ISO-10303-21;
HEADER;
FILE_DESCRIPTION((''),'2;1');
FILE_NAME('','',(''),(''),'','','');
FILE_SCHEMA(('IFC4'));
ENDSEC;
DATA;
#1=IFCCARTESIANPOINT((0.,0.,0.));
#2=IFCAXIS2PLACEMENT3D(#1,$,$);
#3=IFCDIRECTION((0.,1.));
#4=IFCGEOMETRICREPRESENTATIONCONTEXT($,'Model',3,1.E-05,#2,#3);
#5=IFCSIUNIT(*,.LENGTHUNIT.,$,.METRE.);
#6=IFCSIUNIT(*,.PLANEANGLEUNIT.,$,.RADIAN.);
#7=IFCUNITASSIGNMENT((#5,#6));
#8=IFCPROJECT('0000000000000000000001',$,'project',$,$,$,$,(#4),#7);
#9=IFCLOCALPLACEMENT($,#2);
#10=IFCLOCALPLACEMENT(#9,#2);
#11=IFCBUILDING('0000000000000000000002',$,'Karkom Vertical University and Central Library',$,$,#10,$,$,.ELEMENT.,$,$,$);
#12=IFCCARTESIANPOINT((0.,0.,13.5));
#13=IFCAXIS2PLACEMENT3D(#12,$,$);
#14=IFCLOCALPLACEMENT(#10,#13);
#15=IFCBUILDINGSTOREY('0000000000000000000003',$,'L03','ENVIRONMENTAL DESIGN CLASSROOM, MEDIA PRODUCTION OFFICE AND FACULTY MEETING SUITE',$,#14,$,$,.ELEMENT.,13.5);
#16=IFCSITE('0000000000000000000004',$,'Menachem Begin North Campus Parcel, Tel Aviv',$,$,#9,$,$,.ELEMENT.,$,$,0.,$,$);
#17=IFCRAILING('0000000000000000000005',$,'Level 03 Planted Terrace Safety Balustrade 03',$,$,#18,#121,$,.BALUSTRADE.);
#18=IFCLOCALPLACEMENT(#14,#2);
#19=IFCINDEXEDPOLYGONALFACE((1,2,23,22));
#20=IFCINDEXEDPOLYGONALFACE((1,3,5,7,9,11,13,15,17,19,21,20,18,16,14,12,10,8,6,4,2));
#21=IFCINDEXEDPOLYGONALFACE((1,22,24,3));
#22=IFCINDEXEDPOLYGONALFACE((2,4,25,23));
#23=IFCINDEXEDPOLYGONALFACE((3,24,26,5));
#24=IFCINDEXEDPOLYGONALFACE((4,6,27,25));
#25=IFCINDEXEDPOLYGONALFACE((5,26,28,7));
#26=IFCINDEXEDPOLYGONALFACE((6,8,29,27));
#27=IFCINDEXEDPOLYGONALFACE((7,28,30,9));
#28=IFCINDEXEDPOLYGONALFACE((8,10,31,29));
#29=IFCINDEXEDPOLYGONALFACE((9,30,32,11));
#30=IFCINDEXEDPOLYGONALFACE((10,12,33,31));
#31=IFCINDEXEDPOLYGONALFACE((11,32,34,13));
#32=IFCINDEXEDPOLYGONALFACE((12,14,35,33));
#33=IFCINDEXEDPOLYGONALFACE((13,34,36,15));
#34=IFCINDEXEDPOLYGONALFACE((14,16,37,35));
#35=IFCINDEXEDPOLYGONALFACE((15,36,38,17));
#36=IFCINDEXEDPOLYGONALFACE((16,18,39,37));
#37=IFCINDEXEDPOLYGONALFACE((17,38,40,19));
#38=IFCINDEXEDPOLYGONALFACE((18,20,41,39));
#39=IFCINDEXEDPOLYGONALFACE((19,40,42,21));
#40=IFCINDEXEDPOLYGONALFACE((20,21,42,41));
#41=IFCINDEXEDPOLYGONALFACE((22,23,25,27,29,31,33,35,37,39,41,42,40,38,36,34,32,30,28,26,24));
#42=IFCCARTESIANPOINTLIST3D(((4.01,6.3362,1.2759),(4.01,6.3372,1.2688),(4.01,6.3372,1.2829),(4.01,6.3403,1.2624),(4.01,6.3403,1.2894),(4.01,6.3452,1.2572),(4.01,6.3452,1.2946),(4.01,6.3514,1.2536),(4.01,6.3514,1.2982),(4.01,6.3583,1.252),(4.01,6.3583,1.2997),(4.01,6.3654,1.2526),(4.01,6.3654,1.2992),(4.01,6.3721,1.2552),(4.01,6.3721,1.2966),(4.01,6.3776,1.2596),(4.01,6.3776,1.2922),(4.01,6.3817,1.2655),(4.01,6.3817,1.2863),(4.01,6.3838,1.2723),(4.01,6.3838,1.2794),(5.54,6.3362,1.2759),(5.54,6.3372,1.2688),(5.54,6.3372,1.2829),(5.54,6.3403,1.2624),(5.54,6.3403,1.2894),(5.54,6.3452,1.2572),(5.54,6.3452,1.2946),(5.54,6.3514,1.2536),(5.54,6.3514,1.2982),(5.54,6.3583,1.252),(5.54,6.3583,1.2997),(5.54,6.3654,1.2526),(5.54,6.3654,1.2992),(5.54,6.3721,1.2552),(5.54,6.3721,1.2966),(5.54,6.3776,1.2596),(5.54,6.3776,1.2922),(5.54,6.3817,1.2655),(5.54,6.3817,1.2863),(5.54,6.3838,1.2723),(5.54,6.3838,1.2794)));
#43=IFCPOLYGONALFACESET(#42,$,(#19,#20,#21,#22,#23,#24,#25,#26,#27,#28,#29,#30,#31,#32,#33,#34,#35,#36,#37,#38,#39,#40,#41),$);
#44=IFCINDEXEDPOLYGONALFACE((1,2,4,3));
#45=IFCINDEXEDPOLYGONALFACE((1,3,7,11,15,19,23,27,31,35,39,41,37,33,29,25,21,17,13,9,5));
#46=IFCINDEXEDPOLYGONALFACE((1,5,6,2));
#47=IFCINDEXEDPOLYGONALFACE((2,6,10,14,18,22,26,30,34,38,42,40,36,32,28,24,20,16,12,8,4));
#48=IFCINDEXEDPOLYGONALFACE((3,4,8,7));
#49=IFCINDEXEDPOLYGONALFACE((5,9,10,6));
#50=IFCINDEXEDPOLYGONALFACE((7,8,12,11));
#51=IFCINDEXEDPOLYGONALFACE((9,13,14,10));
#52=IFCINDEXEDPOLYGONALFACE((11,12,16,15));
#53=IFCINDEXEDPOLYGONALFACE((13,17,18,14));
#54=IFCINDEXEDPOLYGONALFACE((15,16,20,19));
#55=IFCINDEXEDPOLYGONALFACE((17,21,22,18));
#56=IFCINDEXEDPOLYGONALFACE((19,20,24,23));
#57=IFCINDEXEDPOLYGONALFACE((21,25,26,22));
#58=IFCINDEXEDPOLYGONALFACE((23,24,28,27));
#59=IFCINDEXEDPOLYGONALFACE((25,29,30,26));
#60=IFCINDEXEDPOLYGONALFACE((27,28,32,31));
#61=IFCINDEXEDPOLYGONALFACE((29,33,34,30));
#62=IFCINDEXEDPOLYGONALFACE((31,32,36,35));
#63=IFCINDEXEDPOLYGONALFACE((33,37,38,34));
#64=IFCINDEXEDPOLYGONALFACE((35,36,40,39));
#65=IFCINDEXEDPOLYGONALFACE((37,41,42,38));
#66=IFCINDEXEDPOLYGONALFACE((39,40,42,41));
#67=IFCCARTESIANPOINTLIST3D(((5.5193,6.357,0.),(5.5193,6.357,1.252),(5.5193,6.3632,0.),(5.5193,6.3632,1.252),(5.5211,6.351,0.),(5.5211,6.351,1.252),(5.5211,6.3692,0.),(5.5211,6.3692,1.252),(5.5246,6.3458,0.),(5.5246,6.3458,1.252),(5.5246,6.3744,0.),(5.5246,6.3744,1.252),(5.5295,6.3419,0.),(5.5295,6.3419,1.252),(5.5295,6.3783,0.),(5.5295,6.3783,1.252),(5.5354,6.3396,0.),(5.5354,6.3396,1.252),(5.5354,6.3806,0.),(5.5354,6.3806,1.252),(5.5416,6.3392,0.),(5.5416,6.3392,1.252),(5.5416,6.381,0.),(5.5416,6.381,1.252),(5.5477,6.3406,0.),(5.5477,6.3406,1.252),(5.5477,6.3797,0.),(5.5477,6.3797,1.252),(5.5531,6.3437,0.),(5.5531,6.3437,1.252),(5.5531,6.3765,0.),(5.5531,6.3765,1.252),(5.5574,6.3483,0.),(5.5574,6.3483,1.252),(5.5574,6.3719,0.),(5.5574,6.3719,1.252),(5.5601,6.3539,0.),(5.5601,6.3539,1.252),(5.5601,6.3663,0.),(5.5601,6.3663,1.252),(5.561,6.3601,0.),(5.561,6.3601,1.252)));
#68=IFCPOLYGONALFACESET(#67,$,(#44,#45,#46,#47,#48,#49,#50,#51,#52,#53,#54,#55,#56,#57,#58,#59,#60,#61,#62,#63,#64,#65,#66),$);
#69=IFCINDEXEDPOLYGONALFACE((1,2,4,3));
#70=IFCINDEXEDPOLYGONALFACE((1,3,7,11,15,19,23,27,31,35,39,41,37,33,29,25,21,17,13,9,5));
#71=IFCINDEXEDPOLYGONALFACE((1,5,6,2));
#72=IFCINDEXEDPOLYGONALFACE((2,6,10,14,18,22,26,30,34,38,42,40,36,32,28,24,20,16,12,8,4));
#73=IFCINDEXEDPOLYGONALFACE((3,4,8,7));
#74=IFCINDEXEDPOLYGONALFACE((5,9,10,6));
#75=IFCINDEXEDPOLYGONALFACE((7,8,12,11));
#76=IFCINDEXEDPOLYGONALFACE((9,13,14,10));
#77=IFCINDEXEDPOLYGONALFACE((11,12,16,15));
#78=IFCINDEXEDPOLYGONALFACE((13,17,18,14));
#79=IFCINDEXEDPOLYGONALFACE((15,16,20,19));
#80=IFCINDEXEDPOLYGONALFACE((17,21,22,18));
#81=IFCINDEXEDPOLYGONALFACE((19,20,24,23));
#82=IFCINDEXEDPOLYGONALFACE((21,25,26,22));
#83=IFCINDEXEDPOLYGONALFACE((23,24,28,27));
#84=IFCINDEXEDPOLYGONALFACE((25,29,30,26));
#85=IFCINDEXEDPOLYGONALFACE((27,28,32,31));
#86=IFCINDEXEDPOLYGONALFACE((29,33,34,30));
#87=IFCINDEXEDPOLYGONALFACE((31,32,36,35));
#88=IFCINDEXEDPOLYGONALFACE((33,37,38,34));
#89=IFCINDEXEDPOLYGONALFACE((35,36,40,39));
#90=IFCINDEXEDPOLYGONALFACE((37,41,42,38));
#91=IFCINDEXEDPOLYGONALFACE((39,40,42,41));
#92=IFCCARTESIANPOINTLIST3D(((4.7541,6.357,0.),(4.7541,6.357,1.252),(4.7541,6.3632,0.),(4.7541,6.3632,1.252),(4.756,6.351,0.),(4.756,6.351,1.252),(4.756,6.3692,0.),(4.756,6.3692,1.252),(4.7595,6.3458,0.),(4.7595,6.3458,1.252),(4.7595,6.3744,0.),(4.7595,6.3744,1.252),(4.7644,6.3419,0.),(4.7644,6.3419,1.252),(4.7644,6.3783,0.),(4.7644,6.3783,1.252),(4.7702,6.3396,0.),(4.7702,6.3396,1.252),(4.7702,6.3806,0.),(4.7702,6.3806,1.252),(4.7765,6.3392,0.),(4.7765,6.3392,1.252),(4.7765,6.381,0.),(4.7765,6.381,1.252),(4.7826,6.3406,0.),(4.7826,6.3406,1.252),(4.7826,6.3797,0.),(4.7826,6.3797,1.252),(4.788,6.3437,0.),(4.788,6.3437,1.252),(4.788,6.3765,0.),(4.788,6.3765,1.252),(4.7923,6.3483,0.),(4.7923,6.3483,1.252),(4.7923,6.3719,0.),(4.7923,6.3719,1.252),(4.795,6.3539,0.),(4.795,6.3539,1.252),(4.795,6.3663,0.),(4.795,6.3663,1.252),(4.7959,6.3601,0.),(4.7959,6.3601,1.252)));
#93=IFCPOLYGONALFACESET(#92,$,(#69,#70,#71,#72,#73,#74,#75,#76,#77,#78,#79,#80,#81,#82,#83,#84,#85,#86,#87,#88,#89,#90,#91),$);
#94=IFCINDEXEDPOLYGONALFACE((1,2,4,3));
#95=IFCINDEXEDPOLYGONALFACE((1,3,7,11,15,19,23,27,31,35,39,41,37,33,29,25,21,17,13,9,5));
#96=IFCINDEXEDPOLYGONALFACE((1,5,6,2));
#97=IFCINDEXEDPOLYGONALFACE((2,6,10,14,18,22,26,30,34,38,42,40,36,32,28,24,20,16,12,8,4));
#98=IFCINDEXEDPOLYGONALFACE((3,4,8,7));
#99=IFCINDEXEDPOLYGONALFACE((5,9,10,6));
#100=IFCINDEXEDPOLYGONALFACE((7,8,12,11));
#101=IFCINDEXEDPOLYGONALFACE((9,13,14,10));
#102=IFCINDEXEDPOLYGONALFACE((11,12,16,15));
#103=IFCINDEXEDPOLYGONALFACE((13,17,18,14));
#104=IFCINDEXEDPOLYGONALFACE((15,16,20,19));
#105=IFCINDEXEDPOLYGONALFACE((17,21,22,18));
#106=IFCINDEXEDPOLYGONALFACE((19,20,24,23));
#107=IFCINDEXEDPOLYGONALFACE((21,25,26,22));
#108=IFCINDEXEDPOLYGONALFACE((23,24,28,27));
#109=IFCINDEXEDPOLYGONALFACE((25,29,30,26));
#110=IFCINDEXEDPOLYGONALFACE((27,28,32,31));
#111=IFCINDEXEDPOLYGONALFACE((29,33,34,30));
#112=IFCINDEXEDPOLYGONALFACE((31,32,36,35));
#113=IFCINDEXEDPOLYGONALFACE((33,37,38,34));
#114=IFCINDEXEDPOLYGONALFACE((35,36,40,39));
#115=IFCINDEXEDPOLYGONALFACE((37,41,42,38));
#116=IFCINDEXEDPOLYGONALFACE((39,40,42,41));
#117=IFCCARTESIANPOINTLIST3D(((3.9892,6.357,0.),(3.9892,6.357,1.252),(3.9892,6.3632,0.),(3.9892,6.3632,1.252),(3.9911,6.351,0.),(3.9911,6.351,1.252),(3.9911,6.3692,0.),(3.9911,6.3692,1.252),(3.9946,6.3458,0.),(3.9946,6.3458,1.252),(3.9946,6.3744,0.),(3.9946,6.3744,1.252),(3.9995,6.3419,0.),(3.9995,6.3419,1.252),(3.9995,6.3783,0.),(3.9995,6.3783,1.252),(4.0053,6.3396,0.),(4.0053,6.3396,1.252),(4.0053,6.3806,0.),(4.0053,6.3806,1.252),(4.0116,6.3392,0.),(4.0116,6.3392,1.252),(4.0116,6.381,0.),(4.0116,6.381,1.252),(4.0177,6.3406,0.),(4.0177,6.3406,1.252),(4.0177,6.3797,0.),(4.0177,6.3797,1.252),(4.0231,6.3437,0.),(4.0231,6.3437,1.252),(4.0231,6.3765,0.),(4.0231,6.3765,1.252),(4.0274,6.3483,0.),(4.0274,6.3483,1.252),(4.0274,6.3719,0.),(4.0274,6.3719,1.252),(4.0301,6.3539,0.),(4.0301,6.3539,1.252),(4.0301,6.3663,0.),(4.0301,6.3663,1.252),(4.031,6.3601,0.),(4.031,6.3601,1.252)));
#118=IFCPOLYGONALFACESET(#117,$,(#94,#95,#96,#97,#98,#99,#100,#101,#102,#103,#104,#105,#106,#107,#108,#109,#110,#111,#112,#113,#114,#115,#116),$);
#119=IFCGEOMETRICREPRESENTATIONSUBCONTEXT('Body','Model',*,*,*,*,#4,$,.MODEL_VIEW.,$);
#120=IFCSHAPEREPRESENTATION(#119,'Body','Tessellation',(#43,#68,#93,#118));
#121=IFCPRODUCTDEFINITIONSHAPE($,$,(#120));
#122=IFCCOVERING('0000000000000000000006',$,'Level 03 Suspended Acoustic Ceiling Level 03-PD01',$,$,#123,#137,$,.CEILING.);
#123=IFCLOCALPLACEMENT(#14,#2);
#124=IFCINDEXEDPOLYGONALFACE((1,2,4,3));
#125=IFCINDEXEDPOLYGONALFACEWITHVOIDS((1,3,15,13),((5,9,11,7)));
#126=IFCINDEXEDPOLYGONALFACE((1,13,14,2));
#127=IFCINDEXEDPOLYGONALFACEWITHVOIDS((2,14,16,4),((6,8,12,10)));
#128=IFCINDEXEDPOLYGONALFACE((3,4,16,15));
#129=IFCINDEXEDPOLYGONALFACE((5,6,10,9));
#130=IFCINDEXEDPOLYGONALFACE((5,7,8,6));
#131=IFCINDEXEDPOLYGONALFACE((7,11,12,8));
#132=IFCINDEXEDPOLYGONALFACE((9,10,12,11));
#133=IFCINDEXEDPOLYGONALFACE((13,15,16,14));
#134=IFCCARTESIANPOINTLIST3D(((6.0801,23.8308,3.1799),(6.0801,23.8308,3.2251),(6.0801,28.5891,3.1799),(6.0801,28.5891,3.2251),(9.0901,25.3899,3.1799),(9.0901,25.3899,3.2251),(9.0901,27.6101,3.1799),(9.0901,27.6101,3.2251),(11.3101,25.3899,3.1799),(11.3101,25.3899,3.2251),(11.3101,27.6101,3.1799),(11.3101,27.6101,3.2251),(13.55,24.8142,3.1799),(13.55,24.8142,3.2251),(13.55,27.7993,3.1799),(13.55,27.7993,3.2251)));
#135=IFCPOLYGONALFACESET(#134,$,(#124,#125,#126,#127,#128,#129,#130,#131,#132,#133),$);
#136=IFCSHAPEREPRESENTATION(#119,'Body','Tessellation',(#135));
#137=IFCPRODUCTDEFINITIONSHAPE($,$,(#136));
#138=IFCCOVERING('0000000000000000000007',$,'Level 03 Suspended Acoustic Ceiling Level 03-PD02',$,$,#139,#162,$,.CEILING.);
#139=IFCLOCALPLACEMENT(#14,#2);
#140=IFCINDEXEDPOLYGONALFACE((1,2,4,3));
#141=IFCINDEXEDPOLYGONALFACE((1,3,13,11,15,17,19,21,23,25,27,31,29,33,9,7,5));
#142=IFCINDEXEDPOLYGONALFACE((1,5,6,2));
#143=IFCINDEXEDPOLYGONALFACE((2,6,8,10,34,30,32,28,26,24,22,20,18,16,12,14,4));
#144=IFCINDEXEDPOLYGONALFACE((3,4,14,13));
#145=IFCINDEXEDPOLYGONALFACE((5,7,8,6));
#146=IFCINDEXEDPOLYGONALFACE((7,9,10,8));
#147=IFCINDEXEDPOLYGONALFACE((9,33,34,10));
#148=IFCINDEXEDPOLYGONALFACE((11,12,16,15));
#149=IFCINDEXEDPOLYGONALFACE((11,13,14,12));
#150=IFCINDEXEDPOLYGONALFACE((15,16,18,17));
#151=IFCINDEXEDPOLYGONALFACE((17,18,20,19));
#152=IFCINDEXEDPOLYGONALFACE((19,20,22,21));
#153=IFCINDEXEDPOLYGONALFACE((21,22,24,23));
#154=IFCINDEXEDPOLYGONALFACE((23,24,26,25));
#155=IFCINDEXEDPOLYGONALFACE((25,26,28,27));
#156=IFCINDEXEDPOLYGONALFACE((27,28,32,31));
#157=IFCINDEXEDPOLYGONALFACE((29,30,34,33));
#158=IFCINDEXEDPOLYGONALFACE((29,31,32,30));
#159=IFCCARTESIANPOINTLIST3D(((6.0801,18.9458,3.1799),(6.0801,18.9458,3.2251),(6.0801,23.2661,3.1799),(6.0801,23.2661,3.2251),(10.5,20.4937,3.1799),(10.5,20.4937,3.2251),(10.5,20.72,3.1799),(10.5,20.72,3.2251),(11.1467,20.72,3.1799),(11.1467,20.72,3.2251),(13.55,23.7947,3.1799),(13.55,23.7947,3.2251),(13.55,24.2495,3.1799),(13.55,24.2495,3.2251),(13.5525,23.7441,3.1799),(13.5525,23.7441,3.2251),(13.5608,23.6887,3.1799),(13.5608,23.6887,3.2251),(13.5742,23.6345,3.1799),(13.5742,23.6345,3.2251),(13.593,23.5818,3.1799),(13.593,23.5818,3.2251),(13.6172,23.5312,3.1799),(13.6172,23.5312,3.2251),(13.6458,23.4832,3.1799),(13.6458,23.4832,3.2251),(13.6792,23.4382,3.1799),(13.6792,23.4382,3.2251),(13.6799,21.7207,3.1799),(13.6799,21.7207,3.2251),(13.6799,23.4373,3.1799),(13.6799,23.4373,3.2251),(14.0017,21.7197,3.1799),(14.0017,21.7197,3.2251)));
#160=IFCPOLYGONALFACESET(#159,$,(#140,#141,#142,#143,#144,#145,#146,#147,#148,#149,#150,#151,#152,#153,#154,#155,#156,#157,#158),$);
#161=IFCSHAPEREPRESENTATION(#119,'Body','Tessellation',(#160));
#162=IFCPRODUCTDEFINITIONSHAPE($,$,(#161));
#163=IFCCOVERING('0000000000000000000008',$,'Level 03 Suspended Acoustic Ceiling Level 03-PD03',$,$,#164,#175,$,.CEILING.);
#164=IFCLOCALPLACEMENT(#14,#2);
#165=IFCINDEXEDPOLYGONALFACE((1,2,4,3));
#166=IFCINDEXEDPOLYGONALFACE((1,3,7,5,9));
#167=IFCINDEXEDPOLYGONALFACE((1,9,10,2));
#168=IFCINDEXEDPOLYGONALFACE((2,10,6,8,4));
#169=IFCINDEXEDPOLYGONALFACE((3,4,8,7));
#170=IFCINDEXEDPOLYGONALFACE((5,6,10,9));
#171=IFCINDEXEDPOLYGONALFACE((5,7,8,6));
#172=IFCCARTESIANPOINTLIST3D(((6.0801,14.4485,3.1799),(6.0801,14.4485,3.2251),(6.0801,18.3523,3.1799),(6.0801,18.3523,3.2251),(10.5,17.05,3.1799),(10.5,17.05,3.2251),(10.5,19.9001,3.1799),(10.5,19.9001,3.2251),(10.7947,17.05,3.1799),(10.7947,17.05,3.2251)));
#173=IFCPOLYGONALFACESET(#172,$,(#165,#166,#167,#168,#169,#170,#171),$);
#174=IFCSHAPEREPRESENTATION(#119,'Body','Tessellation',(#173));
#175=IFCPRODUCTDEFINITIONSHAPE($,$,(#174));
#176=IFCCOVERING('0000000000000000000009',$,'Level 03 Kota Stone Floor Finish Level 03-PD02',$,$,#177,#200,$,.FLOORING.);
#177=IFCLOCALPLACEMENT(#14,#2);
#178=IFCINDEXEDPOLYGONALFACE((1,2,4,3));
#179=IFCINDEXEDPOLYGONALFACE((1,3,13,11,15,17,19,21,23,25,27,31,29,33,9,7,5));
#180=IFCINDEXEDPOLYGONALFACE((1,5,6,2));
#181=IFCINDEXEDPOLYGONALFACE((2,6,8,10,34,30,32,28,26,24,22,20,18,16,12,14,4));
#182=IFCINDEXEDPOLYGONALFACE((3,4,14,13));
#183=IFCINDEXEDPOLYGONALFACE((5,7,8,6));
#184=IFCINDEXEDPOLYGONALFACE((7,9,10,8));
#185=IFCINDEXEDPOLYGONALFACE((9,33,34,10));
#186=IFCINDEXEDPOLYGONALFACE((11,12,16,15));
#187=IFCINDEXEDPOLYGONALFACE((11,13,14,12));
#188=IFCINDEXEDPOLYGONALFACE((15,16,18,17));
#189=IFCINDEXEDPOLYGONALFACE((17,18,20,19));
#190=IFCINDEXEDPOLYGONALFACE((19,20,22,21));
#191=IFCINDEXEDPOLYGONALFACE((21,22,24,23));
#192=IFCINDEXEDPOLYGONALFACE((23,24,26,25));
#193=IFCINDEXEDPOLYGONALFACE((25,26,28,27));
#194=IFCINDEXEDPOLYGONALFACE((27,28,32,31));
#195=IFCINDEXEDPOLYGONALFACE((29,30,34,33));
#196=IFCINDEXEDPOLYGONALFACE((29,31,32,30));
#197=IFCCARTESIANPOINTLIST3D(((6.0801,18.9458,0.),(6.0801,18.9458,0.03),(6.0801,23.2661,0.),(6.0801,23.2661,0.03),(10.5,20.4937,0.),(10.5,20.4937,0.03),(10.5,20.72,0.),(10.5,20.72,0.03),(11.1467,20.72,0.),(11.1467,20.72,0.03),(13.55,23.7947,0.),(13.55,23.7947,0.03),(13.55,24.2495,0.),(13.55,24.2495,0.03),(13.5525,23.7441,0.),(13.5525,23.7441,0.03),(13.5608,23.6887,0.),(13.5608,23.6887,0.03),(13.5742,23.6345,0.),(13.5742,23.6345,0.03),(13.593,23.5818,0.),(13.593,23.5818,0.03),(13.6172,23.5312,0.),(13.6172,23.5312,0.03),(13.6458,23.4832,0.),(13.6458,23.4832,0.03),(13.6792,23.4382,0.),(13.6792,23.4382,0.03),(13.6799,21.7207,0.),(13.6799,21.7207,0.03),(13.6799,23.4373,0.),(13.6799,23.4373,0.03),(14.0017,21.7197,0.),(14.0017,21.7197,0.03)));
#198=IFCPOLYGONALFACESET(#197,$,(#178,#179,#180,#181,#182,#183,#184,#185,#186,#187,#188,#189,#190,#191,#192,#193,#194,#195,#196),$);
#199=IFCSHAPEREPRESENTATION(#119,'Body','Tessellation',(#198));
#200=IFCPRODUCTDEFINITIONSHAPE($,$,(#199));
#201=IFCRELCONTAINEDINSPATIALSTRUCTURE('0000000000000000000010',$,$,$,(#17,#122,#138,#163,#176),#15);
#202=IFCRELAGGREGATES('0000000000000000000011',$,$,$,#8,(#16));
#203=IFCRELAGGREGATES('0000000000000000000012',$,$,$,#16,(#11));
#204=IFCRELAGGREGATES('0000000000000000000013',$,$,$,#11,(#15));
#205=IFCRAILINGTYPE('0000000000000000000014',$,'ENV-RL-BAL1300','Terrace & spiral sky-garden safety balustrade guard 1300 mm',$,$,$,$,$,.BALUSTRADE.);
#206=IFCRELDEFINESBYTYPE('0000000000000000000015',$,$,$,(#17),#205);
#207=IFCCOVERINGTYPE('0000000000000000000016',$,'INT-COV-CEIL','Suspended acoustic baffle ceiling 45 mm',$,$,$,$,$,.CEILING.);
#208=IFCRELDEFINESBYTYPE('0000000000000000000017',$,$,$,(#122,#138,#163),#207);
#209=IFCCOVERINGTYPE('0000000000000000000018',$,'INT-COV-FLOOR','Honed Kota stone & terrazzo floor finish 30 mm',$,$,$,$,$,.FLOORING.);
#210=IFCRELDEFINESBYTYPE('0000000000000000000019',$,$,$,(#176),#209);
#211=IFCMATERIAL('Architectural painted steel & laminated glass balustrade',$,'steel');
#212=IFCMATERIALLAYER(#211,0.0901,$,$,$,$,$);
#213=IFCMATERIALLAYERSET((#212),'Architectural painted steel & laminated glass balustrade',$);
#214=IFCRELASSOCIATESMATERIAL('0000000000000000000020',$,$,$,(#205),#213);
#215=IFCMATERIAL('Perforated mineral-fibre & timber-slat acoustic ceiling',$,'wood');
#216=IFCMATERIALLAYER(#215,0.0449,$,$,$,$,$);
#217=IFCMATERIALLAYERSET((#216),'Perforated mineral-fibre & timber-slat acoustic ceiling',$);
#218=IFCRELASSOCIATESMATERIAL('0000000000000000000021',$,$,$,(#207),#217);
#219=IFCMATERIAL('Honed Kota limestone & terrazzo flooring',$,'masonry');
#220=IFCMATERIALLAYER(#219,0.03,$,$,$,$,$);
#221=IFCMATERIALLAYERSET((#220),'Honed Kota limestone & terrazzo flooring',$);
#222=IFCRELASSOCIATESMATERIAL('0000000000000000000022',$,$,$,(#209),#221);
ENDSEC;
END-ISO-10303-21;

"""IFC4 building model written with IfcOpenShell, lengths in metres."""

from ifc_helpers import new_model, si_unit, direction, frame, origin, origin_2d, place, context, subcontext, project, spatial, polyline, circle, outline, extrude, material, layer, layer_set, type_object, element, save


model = new_model("IFC4")

# Units and contexts
model_context = context("Model", 3, precision=1e-05, world=origin(), true_north=direction((0.0, 1.0)))
body_context = subcontext(model_context, "Body", "Model", "MODEL_VIEW")
ifc_project = project(units=[si_unit("LENGTHUNIT", "METRE"), si_unit("PLANEANGLEUNIT", "RADIAN")], contexts=[model_context])

# Site, building, storey
site_placement = place(None, origin())
site = spatial("IfcSite", under=ifc_project, at=site_placement, Name="Menachem Begin North Campus Parcel, Tel Aviv", CompositionType="ELEMENT", RefElevation=0.0)
building_placement = place(site_placement, origin())
building = spatial("IfcBuilding", under=site, at=building_placement, Name="Karkom Vertical University and Central Library", CompositionType="ELEMENT")
storey_placement = place(building_placement, frame((0.0, 0.0, 13.5)))
storey = spatial("IfcBuildingStorey", under=building, at=storey_placement, Name="L03", Description="ENVIRONMENTAL DESIGN CLASSROOM, MEDIA PRODUCTION OFFICE AND FACULTY MEETING SUITE", CompositionType="ELEMENT", Elevation=13.5)

# Railing
ifc_material_1 = material(Name="Architectural painted steel & laminated glass balustrade", Category="steel")
ifc_layer_1 = layer(ifc_material_1, 0.0901)
ifc_layer_set_1 = layer_set([ifc_layer_1], Name="Architectural painted steel & laminated glass balustrade")
railing_type = type_object("IfcRailingType", Name="ENV-RL-BAL1300", Description="Terrace & spiral sky-garden safety balustrade guard 1300 mm", PredefinedType="BALUSTRADE", material=ifc_layer_set_1)
railing_1_placement = place(storey_placement, frame((5.54, 6.3601, 0.0)))
element("IfcRailing", 1, at=railing_1_placement, inside=storey, type_object=railing_type, Name="Level 03 Planted Terrace Safety Balustrade 03", PredefinedType="BALUSTRADE", context=body_context, shape_type="SweptSolid", body=[
    extrude(circle(Radius=0.0239, at=origin_2d()), frame((0.0, 0.0, 1.2759), z_axis=(-1.0, 0.0, 0.0), x_axis=(0.0, -1.0, 0.0)), (0.0, 0.0, 1.0), 1.53),
    extrude(circle(Radius=0.021, at=origin_2d()), origin(), (0.0, 0.0, 1.0), 1.252),
    extrude(circle(Radius=0.021, at=origin_2d()), frame((-0.7651, 0.0, 0.0)), (0.0, 0.0, 1.0), 1.252),
    extrude(circle(Radius=0.021, at=origin_2d()), frame((-1.53, 0.0, 0.0)), (0.0, 0.0, 1.0), 1.252),
])

# Coverings
ifc_material_2 = material(Name="Perforated mineral-fibre & timber-slat acoustic ceiling", Category="wood")
ifc_layer_2 = layer(ifc_material_2, 0.0449)
ifc_layer_set_2 = layer_set([ifc_layer_2], Name="Perforated mineral-fibre & timber-slat acoustic ceiling")
covering_type_1 = type_object("IfcCoveringType", Name="INT-COV-CEIL", Description="Suspended acoustic baffle ceiling 45 mm", PredefinedType="CEILING", material=ifc_layer_set_2)
covering_1_placement = place(storey_placement, frame((0.0, 0.0, 3.1799)))
element("IfcCovering", 2, at=covering_1_placement, inside=storey, type_object=covering_type_1, Name="Level 03 Suspended Acoustic Ceiling Level 03-PD01", PredefinedType="CEILING", context=body_context, shape_type="SweptSolid", body=[
    extrude(outline(polyline([(13.55, 24.8142), (6.0801, 23.8308), (6.0801, 28.5891), (13.55, 27.7993), (13.55, 24.8142)]), holes=[polyline([(9.0901, 25.3899), (11.3101, 25.3899), (11.3101, 27.6101), (9.0901, 27.6101), (9.0901, 25.3899)])]), origin(), (0.0, 0.0, 1.0), 0.0452),
])
covering_2_placement = place(storey_placement, frame((0.0, 0.0, 3.1799)))
element("IfcCovering", 3, at=covering_2_placement, inside=storey, type_object=covering_type_1, Name="Level 03 Suspended Acoustic Ceiling Level 03-PD02", PredefinedType="CEILING", context=body_context, shape_type="SweptSolid", body=[
    extrude(outline(polyline([(13.6792, 23.4382), (13.6799, 23.4373), (13.6799, 21.7207), (14.0017, 21.7197), (11.1467, 20.72), (10.5, 20.72), (10.5, 20.4937), (6.0801, 18.9458), (6.0801, 23.2661), (13.55, 24.2495), (13.55, 23.7947), (13.5525, 23.7441), (13.5608, 23.6887), (13.5742, 23.6345), (13.593, 23.5818), (13.6172, 23.5312), (13.6458, 23.4832), (13.6792, 23.4382)])), origin(), (0.0, 0.0, 1.0), 0.0452),
])
covering_3_placement = place(storey_placement, frame((0.0, 0.0, 3.1799)))
element("IfcCovering", 4, at=covering_3_placement, inside=storey, type_object=covering_type_1, Name="Level 03 Suspended Acoustic Ceiling Level 03-PD03", PredefinedType="CEILING", context=body_context, shape_type="SweptSolid", body=[
    extrude(outline(polyline([(6.0801, 14.4485), (6.0801, 18.3523), (10.5, 19.9001), (10.5, 17.05), (10.7947, 17.05), (6.0801, 14.4485)])), origin(), (0.0, 0.0, 1.0), 0.0452),
])
ifc_material_3 = material(Name="Honed Kota limestone & terrazzo flooring", Category="masonry")
ifc_layer_3 = layer(ifc_material_3, 0.03)
ifc_layer_set_3 = layer_set([ifc_layer_3], Name="Honed Kota limestone & terrazzo flooring")
covering_type_2 = type_object("IfcCoveringType", Name="INT-COV-FLOOR", Description="Honed Kota stone & terrazzo floor finish 30 mm", PredefinedType="FLOORING", material=ifc_layer_set_3)
covering_4_placement = place(storey_placement, origin())
element("IfcCovering", 5, at=covering_4_placement, inside=storey, type_object=covering_type_2, Name="Level 03 Kota Stone Floor Finish Level 03-PD02", PredefinedType="FLOORING", context=body_context, shape_type="SweptSolid", body=[
    extrude(outline(polyline([(13.6792, 23.4382), (13.6799, 23.4373), (13.6799, 21.7207), (14.0017, 21.7197), (11.1467, 20.72), (10.5, 20.72), (10.5, 20.4937), (6.0801, 18.9458), (6.0801, 23.2661), (13.55, 24.2495), (13.55, 23.7947), (13.5525, 23.7441), (13.5608, 23.6887), (13.5742, 23.6345), (13.593, 23.5818), (13.6172, 23.5312), (13.6458, 23.4832), (13.6792, 23.4382)])), origin(), (0.0, 0.0, 1.0), 0.03),
])

save(model, "model.ifc")
